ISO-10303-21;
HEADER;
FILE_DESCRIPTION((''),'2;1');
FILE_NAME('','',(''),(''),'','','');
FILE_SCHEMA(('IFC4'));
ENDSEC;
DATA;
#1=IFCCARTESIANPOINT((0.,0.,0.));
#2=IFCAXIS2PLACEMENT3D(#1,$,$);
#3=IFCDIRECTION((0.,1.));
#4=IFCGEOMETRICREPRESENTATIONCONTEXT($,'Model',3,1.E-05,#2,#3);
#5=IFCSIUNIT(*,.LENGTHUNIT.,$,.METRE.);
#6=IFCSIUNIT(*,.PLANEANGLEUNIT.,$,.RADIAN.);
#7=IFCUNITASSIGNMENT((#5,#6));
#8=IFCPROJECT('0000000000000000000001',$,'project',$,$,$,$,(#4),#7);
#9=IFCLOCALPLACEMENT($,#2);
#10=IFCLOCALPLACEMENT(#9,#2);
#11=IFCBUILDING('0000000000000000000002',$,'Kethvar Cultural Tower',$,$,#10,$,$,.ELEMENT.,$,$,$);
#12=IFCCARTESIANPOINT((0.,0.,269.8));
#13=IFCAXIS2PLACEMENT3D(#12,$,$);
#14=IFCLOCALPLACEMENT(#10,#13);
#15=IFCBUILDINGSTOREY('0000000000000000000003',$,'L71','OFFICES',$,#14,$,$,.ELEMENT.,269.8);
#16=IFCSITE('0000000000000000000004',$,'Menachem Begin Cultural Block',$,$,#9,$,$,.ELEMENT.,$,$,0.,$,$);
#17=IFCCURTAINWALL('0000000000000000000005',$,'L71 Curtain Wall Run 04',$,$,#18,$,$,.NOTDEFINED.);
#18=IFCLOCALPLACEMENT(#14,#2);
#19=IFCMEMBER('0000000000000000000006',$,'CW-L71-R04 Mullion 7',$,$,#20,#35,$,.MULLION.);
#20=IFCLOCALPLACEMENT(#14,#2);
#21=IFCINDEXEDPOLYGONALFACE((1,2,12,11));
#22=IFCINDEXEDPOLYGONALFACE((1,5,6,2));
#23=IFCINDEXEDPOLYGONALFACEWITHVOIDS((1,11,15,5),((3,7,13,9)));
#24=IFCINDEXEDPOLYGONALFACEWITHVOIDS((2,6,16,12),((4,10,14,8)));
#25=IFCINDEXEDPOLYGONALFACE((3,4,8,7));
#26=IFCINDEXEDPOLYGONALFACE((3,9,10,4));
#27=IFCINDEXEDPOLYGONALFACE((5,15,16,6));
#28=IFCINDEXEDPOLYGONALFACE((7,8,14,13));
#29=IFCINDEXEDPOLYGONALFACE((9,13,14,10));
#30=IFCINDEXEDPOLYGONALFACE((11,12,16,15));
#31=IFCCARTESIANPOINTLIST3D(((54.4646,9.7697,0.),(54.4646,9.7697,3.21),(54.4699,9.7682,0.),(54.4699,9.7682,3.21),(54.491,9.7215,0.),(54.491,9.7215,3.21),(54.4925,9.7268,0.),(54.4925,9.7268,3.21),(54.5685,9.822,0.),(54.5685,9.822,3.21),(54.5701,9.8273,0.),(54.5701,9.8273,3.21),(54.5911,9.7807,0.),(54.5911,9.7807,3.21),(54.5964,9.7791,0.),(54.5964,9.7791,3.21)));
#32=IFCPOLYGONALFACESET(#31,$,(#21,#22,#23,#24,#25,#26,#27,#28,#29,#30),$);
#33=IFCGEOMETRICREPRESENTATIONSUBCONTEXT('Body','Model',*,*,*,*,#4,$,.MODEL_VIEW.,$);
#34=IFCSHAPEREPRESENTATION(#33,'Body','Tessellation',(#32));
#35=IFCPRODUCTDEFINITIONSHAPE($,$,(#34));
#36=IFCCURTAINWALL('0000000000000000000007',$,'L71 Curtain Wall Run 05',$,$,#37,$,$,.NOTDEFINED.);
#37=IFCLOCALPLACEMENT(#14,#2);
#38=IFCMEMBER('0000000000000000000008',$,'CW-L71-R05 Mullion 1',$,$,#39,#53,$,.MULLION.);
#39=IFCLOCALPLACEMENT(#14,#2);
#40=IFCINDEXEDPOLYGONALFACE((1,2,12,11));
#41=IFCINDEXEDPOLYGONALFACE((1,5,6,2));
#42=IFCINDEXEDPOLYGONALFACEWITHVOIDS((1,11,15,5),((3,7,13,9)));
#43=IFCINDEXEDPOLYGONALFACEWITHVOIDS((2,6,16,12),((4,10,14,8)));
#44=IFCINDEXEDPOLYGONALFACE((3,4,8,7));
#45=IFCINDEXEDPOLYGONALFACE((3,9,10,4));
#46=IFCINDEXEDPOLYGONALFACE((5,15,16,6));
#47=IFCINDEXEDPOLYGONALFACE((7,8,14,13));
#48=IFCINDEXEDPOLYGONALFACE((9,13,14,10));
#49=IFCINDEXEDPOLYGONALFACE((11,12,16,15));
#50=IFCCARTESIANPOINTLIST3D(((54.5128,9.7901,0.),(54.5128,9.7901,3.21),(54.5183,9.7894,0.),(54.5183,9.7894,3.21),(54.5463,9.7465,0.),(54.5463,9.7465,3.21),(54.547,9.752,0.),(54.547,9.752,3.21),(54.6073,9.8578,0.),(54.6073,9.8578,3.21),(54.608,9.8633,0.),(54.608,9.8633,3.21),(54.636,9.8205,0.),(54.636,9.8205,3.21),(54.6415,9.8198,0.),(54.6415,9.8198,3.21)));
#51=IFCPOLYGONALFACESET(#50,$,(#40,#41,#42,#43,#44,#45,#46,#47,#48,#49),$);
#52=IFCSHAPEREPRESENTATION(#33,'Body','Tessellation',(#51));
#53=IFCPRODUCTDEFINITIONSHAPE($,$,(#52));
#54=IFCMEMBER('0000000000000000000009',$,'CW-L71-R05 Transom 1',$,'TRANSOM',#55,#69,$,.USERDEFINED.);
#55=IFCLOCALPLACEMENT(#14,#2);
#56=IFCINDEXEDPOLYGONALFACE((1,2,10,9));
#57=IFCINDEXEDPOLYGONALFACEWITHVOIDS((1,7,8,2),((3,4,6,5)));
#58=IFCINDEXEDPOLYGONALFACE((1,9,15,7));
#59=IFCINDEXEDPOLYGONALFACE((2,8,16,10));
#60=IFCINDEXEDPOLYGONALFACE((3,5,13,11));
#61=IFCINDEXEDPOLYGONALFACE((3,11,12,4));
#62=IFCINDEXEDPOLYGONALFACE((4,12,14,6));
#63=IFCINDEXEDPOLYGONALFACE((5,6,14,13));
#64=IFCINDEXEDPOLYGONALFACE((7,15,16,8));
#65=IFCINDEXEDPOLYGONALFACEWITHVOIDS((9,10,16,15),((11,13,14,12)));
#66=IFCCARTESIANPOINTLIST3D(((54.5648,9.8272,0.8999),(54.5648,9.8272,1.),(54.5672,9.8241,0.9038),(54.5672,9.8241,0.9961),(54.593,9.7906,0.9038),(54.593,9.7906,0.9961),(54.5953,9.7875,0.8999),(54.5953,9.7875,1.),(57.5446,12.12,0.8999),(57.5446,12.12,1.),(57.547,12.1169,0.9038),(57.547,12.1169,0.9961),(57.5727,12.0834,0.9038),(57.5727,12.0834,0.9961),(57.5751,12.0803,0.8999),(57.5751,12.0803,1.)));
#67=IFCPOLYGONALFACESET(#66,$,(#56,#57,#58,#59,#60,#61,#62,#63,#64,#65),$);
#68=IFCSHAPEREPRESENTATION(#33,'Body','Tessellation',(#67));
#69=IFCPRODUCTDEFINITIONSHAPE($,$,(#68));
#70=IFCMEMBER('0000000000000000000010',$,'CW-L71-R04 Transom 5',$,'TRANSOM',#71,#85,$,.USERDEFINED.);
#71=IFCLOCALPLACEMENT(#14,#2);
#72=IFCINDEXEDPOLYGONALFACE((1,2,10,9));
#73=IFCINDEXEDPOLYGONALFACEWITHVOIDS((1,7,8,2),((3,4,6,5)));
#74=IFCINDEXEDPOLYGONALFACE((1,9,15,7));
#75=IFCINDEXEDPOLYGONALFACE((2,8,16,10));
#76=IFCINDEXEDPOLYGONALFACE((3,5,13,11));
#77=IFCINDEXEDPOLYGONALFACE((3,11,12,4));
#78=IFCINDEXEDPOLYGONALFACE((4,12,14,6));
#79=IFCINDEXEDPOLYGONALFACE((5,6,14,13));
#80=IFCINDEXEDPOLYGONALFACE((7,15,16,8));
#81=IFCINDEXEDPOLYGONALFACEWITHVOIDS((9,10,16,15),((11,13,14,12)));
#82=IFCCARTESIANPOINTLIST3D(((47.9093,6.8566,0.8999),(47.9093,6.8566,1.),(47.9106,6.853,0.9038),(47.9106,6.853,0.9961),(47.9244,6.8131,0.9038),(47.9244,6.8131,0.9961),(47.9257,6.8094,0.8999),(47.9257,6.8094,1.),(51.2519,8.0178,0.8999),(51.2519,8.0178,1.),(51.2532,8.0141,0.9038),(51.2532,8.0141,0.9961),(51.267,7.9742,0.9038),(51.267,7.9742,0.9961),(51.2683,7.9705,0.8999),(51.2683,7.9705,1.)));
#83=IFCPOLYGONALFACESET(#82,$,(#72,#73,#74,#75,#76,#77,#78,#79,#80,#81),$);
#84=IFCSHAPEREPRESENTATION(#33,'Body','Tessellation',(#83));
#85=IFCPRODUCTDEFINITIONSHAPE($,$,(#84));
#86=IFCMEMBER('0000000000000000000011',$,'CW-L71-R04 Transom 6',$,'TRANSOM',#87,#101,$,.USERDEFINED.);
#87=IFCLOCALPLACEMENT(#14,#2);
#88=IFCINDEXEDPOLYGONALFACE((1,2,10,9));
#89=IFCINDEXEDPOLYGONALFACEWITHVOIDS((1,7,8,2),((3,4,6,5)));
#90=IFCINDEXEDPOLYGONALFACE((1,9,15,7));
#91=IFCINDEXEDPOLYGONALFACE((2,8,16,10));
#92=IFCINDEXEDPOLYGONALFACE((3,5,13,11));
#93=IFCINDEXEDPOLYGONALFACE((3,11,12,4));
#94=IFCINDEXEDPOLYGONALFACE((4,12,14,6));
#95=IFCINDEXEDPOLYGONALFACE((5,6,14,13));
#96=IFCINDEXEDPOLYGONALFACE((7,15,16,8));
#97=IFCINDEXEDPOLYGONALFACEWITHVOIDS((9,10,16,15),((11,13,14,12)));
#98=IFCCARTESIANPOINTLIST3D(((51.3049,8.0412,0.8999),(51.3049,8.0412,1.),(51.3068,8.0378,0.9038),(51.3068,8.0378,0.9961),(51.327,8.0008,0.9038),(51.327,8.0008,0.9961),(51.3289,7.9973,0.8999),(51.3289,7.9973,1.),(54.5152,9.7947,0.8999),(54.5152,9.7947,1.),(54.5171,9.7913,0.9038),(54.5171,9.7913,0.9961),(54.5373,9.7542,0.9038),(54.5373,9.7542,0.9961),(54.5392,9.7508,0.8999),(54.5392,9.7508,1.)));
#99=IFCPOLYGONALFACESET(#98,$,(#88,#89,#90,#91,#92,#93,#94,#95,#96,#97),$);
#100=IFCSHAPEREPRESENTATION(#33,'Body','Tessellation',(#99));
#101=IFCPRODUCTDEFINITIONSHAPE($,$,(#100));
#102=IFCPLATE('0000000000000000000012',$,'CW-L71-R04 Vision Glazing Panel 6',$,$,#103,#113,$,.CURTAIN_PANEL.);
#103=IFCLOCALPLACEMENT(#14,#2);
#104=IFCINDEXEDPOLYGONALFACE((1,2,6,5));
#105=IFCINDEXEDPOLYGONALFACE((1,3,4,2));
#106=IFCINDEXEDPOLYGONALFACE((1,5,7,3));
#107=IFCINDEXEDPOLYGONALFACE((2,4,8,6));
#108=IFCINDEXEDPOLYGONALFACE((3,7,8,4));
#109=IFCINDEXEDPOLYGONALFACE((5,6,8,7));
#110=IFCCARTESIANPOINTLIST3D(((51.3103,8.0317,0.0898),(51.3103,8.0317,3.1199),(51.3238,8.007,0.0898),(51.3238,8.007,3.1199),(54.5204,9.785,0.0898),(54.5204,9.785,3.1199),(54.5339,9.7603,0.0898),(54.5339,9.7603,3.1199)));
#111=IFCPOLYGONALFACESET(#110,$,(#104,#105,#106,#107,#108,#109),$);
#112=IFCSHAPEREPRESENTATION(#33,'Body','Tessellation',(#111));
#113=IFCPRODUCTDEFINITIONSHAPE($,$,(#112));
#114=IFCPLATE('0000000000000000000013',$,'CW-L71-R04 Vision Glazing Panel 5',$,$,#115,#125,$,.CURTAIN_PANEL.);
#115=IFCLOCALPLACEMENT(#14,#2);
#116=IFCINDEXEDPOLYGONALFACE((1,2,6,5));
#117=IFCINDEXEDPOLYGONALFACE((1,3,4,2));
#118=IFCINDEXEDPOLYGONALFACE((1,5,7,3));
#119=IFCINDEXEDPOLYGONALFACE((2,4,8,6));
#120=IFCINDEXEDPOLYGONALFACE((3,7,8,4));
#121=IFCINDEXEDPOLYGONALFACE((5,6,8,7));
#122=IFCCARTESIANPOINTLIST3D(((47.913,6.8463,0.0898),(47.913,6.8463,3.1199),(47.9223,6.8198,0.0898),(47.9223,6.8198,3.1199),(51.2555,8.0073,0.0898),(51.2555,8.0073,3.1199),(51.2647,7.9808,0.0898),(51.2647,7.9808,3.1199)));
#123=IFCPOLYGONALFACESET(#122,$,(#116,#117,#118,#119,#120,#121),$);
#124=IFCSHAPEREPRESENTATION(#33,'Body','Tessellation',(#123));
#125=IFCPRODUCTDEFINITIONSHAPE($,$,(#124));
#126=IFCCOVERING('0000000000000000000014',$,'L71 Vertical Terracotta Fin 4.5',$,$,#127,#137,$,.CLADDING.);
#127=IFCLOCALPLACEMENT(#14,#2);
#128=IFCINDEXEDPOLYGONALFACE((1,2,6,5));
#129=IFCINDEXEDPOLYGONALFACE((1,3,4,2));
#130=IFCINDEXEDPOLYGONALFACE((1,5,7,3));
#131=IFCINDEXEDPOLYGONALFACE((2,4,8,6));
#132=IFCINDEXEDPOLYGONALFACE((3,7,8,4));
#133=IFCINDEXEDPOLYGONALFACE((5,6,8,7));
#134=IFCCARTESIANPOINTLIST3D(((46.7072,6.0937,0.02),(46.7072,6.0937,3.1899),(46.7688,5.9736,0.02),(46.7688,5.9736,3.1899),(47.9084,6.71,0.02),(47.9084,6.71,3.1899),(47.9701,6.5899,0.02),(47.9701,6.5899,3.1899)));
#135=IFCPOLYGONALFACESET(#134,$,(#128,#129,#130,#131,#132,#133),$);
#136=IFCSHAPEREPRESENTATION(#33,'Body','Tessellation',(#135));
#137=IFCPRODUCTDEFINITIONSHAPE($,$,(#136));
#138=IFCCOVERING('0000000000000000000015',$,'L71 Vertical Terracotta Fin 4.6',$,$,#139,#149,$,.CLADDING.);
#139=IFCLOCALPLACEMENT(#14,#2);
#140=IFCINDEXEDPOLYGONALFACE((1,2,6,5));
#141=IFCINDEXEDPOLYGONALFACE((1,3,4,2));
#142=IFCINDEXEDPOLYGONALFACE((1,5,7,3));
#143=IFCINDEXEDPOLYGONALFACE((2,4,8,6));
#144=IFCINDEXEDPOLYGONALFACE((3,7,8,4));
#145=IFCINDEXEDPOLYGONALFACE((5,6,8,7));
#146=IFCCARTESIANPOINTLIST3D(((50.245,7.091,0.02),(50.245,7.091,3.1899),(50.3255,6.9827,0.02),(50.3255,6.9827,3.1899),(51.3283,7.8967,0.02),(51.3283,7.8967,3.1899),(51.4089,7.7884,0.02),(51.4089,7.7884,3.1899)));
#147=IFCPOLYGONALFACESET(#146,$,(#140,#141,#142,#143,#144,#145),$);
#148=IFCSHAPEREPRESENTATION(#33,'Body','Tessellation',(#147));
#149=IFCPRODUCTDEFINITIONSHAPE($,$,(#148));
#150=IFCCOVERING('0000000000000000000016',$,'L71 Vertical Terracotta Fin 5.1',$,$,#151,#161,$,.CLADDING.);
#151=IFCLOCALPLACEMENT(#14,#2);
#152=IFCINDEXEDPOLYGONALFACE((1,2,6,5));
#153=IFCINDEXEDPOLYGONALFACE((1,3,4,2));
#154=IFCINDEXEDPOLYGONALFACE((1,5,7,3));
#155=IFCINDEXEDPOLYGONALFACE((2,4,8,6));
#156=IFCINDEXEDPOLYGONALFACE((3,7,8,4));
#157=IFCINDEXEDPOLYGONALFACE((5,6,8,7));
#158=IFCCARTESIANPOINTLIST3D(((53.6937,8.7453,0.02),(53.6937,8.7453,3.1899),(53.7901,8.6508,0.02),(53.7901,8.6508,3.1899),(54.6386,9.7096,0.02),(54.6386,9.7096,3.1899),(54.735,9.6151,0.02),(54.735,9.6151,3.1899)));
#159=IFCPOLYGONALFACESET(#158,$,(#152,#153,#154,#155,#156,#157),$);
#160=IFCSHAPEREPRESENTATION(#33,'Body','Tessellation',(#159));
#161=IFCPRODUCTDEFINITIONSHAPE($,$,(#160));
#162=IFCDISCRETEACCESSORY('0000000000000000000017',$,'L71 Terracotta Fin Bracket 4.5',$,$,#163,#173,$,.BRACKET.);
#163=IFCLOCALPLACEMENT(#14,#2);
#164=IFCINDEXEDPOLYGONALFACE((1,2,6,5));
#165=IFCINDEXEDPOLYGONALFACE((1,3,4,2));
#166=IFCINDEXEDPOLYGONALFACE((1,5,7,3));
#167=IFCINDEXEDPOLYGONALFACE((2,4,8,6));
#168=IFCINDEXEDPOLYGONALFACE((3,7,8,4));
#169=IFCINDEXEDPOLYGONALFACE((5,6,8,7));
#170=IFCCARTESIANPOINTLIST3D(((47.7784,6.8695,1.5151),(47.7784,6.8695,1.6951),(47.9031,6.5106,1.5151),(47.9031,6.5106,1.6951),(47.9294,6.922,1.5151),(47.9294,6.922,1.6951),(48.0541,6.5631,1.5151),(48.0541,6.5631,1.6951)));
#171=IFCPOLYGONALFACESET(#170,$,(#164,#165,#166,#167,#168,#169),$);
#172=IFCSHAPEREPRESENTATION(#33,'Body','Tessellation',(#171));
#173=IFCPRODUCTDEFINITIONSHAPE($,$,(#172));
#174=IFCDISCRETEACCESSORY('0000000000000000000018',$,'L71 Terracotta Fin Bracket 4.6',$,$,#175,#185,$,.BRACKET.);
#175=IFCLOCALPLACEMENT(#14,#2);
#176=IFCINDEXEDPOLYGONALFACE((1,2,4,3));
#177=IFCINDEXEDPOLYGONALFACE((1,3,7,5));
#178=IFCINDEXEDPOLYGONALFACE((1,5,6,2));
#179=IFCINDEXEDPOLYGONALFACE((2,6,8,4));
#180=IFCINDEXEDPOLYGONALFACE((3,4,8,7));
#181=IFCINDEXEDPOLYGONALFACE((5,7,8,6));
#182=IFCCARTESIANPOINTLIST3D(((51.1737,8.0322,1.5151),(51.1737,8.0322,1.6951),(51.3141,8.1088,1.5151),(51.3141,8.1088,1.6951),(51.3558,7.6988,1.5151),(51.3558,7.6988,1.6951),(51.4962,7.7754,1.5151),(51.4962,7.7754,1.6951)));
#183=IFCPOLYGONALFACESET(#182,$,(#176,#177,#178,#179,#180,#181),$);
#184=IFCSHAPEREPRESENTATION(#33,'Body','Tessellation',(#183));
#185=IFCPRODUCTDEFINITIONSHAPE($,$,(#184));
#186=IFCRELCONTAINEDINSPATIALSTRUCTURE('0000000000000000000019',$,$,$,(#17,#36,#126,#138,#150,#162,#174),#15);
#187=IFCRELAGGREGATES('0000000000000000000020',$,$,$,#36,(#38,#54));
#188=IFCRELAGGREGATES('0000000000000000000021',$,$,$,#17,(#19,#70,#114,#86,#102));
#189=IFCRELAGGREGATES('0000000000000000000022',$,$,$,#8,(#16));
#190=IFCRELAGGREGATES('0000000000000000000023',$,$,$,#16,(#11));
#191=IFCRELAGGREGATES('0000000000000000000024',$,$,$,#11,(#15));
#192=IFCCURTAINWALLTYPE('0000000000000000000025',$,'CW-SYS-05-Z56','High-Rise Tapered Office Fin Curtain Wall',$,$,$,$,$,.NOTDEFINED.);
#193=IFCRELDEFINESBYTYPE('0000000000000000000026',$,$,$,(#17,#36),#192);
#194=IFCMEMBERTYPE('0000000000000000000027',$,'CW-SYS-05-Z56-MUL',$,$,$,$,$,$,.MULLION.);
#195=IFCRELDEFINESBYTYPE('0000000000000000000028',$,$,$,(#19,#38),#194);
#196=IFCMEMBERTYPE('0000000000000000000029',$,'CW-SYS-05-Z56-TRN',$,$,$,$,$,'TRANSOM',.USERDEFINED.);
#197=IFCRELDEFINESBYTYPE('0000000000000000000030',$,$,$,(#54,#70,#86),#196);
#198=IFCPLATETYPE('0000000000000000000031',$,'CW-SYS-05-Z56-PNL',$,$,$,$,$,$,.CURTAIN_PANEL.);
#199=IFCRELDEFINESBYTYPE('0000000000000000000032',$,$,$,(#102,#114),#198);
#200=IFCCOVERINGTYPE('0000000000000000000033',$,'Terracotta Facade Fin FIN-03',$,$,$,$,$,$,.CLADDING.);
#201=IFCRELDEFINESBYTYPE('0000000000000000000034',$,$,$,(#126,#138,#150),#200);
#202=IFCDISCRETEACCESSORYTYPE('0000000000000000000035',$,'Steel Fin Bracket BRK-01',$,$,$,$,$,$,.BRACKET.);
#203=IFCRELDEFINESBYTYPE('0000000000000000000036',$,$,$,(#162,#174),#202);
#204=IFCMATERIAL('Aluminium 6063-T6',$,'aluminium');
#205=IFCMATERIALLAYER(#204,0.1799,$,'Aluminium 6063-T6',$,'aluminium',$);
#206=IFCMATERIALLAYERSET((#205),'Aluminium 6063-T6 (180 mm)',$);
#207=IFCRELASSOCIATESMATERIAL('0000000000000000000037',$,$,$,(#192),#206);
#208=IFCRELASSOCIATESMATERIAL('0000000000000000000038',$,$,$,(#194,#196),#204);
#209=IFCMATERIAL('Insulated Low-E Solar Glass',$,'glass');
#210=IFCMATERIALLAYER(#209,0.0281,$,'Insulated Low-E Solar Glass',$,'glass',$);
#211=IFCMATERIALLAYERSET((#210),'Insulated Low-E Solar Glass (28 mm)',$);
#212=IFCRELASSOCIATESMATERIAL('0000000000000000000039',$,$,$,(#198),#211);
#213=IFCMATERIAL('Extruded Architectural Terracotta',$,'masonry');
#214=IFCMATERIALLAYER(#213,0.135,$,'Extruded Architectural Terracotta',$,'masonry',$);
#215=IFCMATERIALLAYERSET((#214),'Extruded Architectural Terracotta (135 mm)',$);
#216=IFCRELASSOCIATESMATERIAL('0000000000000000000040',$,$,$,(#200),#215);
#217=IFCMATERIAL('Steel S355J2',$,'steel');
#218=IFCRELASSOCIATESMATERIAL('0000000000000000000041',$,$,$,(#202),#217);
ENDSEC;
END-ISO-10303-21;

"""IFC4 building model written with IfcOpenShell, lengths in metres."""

from ifc_helpers import new_model, si_unit, direction, frame, origin, origin_2d, place, context, subcontext, project, spatial, rectangle, hollow_rectangle, extrude, source, transform, mapped, material, layer, layer_set, material_profile, profile_set, type_object, element, aggregate, save


model = new_model("IFC4")

# Units and contexts
model_context = context("Model", 3, precision=1e-05, world=origin(), true_north=direction((0.0, 1.0)))
body_context = subcontext(model_context, "Body", "Model", "MODEL_VIEW")
ifc_project = project(units=[si_unit("LENGTHUNIT", "METRE"), si_unit("PLANEANGLEUNIT", "RADIAN")], contexts=[model_context])

# Site, building, storey
site_placement = place(None, origin())
site = spatial("IfcSite", under=ifc_project, at=site_placement, Name="Menachem Begin Cultural Block", CompositionType="ELEMENT", RefElevation=0.0)
building_placement = place(site_placement, origin())
building = spatial("IfcBuilding", under=site, at=building_placement, Name="Kethvar Cultural Tower", CompositionType="ELEMENT")
storey_placement = place(building_placement, frame((0.0, 0.0, 269.8)))
storey = spatial("IfcBuildingStorey", under=building, at=storey_placement, Name="L71", Description="OFFICES", CompositionType="ELEMENT", Elevation=269.8)

# Shared definitions
ifc_material_1 = material(Name="Steel S355J2", Category="steel")

# Curtain walls, members
ifc_material_2 = material(Name="Aluminium 6063-T6", Category="aluminium")
ifc_layer_1 = layer(ifc_material_2, 0.1799, Name="Aluminium 6063-T6", Category="aluminium")
ifc_layer_set_1 = layer_set([ifc_layer_1], Name="Aluminium 6063-T6 (180 mm)")
curtain_wall_type = type_object("IfcCurtainWallType", Name="CW-SYS-05-Z56", Description="High-Rise Tapered Office Fin Curtain Wall", PredefinedType="NOTDEFINED", material=ifc_layer_set_1)
curtain_wall_1_placement = place(storey_placement, origin())
curtain_wall_1 = element("IfcCurtainWall", 1, at=curtain_wall_1_placement, inside=storey, type_object=curtain_wall_type, Name="L71 Curtain Wall Run 04", PredefinedType="NOTDEFINED")
ifc_material_profile_1 = material_profile(ifc_material_2, hollow_rectangle(XDim=0.0549, YDim=0.1201, WallThickness=0.0039, at=origin_2d()), Name="Aluminium 6063-T6 — RHS120x55x4")
ifc_profile_set_1 = profile_set([ifc_material_profile_1], Name="Aluminium 6063-T6 — RHS120x55x4")
member_type_1 = type_object("IfcMemberType", Name="CW-SYS-05-Z56-MUL", PredefinedType="MULLION", material=ifc_profile_set_1)
shared_shape_1 = source(origin(), body_context, "Body", "SweptSolid", [
    extrude(hollow_rectangle(XDim=0.0549, YDim=0.1201, WallThickness=0.0039, at=origin_2d()), origin(), (0.0, 0.0, 1.0), 3.21),
])
member_1_placement = place(storey_placement, frame((54.5305, 9.7744, 0.0), z_axis=(0.0, 0.0, 1.0), x_axis=(-0.479351, 0.877623, 0.0)))
member_1 = element("IfcMember", 2, at=member_1_placement, type_object=member_type_1, Name="CW-L71-R04 Mullion 7", PredefinedType="MULLION", context=body_context, shape_type="MappedRepresentation", body=[
    mapped(shared_shape_1, transform((0.0, 0.0, 0.0), scale=1.0)),
])
curtain_wall_2_placement = place(storey_placement, origin())
curtain_wall_2 = element("IfcCurtainWall", 3, at=curtain_wall_2_placement, inside=storey, type_object=curtain_wall_type, Name="L71 Curtain Wall Run 05", PredefinedType="NOTDEFINED")
member_2_placement = place(storey_placement, frame((54.5771, 9.8049, 0.0), z_axis=(0.0, 0.0, 1.0), x_axis=(-0.609869, 0.792503, 0.0)))
member_2 = element("IfcMember", 4, at=member_2_placement, type_object=member_type_1, Name="CW-L71-R05 Mullion 1", PredefinedType="MULLION", context=body_context, shape_type="MappedRepresentation", body=[
    mapped(shared_shape_1, transform((0.0, 0.0, 0.0), scale=1.0)),
])
ifc_material_profile_2 = material_profile(ifc_material_2, hollow_rectangle(XDim=0.05, YDim=0.1001, WallThickness=0.0039, at=origin_2d()), Name="Aluminium 6063-T6 — RHS100x50x4")
ifc_profile_set_2 = profile_set([ifc_material_profile_2], Name="Aluminium 6063-T6 — RHS100x50x4")
member_type_2 = type_object("IfcMemberType", Name="CW-SYS-05-Z56-TRN", ElementType="TRANSOM", PredefinedType="USERDEFINED", material=ifc_profile_set_2)
shared_shape_2 = source(origin(), body_context, "Body", "SweptSolid", [
    extrude(hollow_rectangle(XDim=0.05, YDim=0.1001, WallThickness=0.0039, at=origin_2d()), origin(), (0.0, 0.0, 1.0), 3.7598),
])
member_3_placement = place(storey_placement, frame((54.5801, 9.8074, 0.95), z_axis=(0.792544, 0.609814, 0.0), x_axis=(-0.609814, 0.792544, 0.0)))
member_3 = element("IfcMember", 5, at=member_3_placement, type_object=member_type_2, Name="CW-L71-R05 Transom 1", ObjectType="TRANSOM", PredefinedType="USERDEFINED", context=body_context, shape_type="MappedRepresentation", body=[
    mapped(shared_shape_2, transform((0.0, 0.0, 0.0), scale=1.0)),
])
aggregate(curtain_wall_2, [member_2, member_3])

# Members
shared_shape_3 = source(origin(), body_context, "Body", "SweptSolid", [
    extrude(hollow_rectangle(XDim=0.05, YDim=0.1001, WallThickness=0.0039, at=origin_2d()), origin(), (0.0, 0.0, 1.0), 3.5386),
])
member_4_placement = place(storey_placement, frame((47.9175, 6.833, 0.95), z_axis=(0.944627, 0.328146, 0.0), x_axis=(-0.328146, 0.944627, 0.0)))
member_4 = element("IfcMember", 6, at=member_4_placement, type_object=member_type_2, Name="CW-L71-R04 Transom 5", ObjectType="TRANSOM", PredefinedType="USERDEFINED", context=body_context, shape_type="MappedRepresentation", body=[
    mapped(shared_shape_3, transform((0.0, 0.0, 0.0), scale=1.0)),
])
shared_shape_4 = source(origin(), body_context, "Body", "SweptSolid", [
    extrude(hollow_rectangle(XDim=0.05, YDim=0.1001, WallThickness=0.0039, at=origin_2d()), origin(), (0.0, 0.0, 1.0), 3.658),
])
member_5_placement = place(storey_placement, frame((51.3169, 8.0193, 0.95), z_axis=(0.87762, 0.479357, 0.0), x_axis=(-0.479357, 0.87762, 0.0)))
member_5 = element("IfcMember", 7, at=member_5_placement, type_object=member_type_2, Name="CW-L71-R04 Transom 6", ObjectType="TRANSOM", PredefinedType="USERDEFINED", context=body_context, shape_type="MappedRepresentation", body=[
    mapped(shared_shape_4, transform((0.0, 0.0, 0.0), scale=1.0)),
])

# Plates
ifc_material_3 = material(Name="Insulated Low-E Solar Glass", Category="glass")
ifc_layer_2 = layer(ifc_material_3, 0.0281, Name="Insulated Low-E Solar Glass", Category="glass")
ifc_layer_set_2 = layer_set([ifc_layer_2], Name="Insulated Low-E Solar Glass (28 mm)")
plate_type = type_object("IfcPlateType", Name="CW-SYS-05-Z56-PNL", PredefinedType="CURTAIN_PANEL", material=ifc_layer_set_2)
shared_shape_5 = source(origin(), body_context, "Body", "SweptSolid", [
    extrude(rectangle(XDim=3.6577, YDim=0.0281, at=origin_2d()), origin(), (0.0, 0.0, 1.0), 3.03),
])
plate_1_placement = place(storey_placement, frame((52.9221, 8.896, 0.0898), z_axis=(0.0, 0.0, 1.0), x_axis=(0.877623, 0.479351, 0.0)))
plate_1 = element("IfcPlate", 8, at=plate_1_placement, type_object=plate_type, Name="CW-L71-R04 Vision Glazing Panel 6", PredefinedType="CURTAIN_PANEL", context=body_context, shape_type="MappedRepresentation", body=[
    mapped(shared_shape_5, transform((0.0, 0.0, 0.0), scale=1.0)),
])
shared_shape_6 = source(origin(), body_context, "Body", "SweptSolid", [
    extrude(rectangle(XDim=3.5383, YDim=0.0281, at=origin_2d()), origin(), (0.0, 0.0, 1.0), 3.03),
])
plate_2_placement = place(storey_placement, frame((49.5889, 7.4136, 0.0898), z_axis=(0.0, 0.0, 1.0), x_axis=(0.944634, 0.328125, 0.0)))
plate_2 = element("IfcPlate", 9, at=plate_2_placement, type_object=plate_type, Name="CW-L71-R04 Vision Glazing Panel 5", PredefinedType="CURTAIN_PANEL", context=body_context, shape_type="MappedRepresentation", body=[
    mapped(shared_shape_6, transform((0.0, 0.0, 0.0), scale=1.0)),
])
aggregate(curtain_wall_1, [member_1, member_4, plate_2, member_5, plate_1])

# Coverings
ifc_material_4 = material(Name="Extruded Architectural Terracotta", Category="masonry")
ifc_layer_3 = layer(ifc_material_4, 0.135, Name="Extruded Architectural Terracotta", Category="masonry")
ifc_layer_set_3 = layer_set([ifc_layer_3], Name="Extruded Architectural Terracotta (135 mm)")
covering_type = type_object("IfcCoveringType", Name="Terracotta Facade Fin FIN-03", PredefinedType="CLADDING", material=ifc_layer_set_3)
shared_shape_7 = source(origin(), body_context, "Body", "SweptSolid", [
    extrude(rectangle(XDim=1.3501, YDim=0.135, at=origin_2d()), origin(), (0.0, 0.0, 1.0), 3.1699),
])
for number, where, z_axis, x_axis, name in (
    (10, (47.3386, 6.3418, 0.02), (0.0, 0.0, 1.0), (-0.889735, -0.456477, 0.0), "L71 Vertical Terracotta Fin 4.5"),
    (11, (50.8269, 7.4397, 0.02), (0.0, 0.0, 1.0), (-0.802401, -0.596785, 0.0), "L71 Vertical Terracotta Fin 4.6"),
    (12, (54.2144, 9.1802, 0.02), (0.0, 0.0, 1.0), (-0.699913, -0.714228, 0.0), "L71 Vertical Terracotta Fin 5.1"),
):
    element("IfcCovering", number, at=place(storey_placement, frame(where, z_axis=z_axis, x_axis=x_axis)), inside=storey, type_object=covering_type, Name=name, PredefinedType="CLADDING", context=body_context, shape_type="MappedRepresentation", body=[
        mapped(shared_shape_7, transform((0.0, 0.0, 0.0), scale=1.0)),
    ])

# Discrete accessories
discrete_accessory_type = type_object("IfcDiscreteAccessoryType", Name="Steel Fin Bracket BRK-01", PredefinedType="BRACKET", material=ifc_material_1)
shared_shape_8 = source(origin(), body_context, "Body", "SweptSolid", [
    extrude(rectangle(XDim=0.3799, YDim=0.1599, at=origin_2d()), origin(), (0.0, 0.0, 1.0), 0.1799),
])
for number, where, z_axis, x_axis, name in (
    (13, (47.9163, 6.7163, 1.5151), (0.0, 0.0, 1.0), (0.328207, -0.944606, 0.0), "L71 Terracotta Fin Bracket 4.5"),
    (14, (51.335, 7.9038, 1.5151), (0.0, 0.0, 1.0), (0.479305, -0.877649, 0.0), "L71 Terracotta Fin Bracket 4.6"),
):
    element("IfcDiscreteAccessory", number, at=place(storey_placement, frame(where, z_axis=z_axis, x_axis=x_axis)), inside=storey, type_object=discrete_accessory_type, Name=name, PredefinedType="BRACKET", context=body_context, shape_type="MappedRepresentation", body=[
        mapped(shared_shape_8, transform((0.0, 0.0, 0.0), scale=1.0)),
    ])

save(model, "model.ifc")
